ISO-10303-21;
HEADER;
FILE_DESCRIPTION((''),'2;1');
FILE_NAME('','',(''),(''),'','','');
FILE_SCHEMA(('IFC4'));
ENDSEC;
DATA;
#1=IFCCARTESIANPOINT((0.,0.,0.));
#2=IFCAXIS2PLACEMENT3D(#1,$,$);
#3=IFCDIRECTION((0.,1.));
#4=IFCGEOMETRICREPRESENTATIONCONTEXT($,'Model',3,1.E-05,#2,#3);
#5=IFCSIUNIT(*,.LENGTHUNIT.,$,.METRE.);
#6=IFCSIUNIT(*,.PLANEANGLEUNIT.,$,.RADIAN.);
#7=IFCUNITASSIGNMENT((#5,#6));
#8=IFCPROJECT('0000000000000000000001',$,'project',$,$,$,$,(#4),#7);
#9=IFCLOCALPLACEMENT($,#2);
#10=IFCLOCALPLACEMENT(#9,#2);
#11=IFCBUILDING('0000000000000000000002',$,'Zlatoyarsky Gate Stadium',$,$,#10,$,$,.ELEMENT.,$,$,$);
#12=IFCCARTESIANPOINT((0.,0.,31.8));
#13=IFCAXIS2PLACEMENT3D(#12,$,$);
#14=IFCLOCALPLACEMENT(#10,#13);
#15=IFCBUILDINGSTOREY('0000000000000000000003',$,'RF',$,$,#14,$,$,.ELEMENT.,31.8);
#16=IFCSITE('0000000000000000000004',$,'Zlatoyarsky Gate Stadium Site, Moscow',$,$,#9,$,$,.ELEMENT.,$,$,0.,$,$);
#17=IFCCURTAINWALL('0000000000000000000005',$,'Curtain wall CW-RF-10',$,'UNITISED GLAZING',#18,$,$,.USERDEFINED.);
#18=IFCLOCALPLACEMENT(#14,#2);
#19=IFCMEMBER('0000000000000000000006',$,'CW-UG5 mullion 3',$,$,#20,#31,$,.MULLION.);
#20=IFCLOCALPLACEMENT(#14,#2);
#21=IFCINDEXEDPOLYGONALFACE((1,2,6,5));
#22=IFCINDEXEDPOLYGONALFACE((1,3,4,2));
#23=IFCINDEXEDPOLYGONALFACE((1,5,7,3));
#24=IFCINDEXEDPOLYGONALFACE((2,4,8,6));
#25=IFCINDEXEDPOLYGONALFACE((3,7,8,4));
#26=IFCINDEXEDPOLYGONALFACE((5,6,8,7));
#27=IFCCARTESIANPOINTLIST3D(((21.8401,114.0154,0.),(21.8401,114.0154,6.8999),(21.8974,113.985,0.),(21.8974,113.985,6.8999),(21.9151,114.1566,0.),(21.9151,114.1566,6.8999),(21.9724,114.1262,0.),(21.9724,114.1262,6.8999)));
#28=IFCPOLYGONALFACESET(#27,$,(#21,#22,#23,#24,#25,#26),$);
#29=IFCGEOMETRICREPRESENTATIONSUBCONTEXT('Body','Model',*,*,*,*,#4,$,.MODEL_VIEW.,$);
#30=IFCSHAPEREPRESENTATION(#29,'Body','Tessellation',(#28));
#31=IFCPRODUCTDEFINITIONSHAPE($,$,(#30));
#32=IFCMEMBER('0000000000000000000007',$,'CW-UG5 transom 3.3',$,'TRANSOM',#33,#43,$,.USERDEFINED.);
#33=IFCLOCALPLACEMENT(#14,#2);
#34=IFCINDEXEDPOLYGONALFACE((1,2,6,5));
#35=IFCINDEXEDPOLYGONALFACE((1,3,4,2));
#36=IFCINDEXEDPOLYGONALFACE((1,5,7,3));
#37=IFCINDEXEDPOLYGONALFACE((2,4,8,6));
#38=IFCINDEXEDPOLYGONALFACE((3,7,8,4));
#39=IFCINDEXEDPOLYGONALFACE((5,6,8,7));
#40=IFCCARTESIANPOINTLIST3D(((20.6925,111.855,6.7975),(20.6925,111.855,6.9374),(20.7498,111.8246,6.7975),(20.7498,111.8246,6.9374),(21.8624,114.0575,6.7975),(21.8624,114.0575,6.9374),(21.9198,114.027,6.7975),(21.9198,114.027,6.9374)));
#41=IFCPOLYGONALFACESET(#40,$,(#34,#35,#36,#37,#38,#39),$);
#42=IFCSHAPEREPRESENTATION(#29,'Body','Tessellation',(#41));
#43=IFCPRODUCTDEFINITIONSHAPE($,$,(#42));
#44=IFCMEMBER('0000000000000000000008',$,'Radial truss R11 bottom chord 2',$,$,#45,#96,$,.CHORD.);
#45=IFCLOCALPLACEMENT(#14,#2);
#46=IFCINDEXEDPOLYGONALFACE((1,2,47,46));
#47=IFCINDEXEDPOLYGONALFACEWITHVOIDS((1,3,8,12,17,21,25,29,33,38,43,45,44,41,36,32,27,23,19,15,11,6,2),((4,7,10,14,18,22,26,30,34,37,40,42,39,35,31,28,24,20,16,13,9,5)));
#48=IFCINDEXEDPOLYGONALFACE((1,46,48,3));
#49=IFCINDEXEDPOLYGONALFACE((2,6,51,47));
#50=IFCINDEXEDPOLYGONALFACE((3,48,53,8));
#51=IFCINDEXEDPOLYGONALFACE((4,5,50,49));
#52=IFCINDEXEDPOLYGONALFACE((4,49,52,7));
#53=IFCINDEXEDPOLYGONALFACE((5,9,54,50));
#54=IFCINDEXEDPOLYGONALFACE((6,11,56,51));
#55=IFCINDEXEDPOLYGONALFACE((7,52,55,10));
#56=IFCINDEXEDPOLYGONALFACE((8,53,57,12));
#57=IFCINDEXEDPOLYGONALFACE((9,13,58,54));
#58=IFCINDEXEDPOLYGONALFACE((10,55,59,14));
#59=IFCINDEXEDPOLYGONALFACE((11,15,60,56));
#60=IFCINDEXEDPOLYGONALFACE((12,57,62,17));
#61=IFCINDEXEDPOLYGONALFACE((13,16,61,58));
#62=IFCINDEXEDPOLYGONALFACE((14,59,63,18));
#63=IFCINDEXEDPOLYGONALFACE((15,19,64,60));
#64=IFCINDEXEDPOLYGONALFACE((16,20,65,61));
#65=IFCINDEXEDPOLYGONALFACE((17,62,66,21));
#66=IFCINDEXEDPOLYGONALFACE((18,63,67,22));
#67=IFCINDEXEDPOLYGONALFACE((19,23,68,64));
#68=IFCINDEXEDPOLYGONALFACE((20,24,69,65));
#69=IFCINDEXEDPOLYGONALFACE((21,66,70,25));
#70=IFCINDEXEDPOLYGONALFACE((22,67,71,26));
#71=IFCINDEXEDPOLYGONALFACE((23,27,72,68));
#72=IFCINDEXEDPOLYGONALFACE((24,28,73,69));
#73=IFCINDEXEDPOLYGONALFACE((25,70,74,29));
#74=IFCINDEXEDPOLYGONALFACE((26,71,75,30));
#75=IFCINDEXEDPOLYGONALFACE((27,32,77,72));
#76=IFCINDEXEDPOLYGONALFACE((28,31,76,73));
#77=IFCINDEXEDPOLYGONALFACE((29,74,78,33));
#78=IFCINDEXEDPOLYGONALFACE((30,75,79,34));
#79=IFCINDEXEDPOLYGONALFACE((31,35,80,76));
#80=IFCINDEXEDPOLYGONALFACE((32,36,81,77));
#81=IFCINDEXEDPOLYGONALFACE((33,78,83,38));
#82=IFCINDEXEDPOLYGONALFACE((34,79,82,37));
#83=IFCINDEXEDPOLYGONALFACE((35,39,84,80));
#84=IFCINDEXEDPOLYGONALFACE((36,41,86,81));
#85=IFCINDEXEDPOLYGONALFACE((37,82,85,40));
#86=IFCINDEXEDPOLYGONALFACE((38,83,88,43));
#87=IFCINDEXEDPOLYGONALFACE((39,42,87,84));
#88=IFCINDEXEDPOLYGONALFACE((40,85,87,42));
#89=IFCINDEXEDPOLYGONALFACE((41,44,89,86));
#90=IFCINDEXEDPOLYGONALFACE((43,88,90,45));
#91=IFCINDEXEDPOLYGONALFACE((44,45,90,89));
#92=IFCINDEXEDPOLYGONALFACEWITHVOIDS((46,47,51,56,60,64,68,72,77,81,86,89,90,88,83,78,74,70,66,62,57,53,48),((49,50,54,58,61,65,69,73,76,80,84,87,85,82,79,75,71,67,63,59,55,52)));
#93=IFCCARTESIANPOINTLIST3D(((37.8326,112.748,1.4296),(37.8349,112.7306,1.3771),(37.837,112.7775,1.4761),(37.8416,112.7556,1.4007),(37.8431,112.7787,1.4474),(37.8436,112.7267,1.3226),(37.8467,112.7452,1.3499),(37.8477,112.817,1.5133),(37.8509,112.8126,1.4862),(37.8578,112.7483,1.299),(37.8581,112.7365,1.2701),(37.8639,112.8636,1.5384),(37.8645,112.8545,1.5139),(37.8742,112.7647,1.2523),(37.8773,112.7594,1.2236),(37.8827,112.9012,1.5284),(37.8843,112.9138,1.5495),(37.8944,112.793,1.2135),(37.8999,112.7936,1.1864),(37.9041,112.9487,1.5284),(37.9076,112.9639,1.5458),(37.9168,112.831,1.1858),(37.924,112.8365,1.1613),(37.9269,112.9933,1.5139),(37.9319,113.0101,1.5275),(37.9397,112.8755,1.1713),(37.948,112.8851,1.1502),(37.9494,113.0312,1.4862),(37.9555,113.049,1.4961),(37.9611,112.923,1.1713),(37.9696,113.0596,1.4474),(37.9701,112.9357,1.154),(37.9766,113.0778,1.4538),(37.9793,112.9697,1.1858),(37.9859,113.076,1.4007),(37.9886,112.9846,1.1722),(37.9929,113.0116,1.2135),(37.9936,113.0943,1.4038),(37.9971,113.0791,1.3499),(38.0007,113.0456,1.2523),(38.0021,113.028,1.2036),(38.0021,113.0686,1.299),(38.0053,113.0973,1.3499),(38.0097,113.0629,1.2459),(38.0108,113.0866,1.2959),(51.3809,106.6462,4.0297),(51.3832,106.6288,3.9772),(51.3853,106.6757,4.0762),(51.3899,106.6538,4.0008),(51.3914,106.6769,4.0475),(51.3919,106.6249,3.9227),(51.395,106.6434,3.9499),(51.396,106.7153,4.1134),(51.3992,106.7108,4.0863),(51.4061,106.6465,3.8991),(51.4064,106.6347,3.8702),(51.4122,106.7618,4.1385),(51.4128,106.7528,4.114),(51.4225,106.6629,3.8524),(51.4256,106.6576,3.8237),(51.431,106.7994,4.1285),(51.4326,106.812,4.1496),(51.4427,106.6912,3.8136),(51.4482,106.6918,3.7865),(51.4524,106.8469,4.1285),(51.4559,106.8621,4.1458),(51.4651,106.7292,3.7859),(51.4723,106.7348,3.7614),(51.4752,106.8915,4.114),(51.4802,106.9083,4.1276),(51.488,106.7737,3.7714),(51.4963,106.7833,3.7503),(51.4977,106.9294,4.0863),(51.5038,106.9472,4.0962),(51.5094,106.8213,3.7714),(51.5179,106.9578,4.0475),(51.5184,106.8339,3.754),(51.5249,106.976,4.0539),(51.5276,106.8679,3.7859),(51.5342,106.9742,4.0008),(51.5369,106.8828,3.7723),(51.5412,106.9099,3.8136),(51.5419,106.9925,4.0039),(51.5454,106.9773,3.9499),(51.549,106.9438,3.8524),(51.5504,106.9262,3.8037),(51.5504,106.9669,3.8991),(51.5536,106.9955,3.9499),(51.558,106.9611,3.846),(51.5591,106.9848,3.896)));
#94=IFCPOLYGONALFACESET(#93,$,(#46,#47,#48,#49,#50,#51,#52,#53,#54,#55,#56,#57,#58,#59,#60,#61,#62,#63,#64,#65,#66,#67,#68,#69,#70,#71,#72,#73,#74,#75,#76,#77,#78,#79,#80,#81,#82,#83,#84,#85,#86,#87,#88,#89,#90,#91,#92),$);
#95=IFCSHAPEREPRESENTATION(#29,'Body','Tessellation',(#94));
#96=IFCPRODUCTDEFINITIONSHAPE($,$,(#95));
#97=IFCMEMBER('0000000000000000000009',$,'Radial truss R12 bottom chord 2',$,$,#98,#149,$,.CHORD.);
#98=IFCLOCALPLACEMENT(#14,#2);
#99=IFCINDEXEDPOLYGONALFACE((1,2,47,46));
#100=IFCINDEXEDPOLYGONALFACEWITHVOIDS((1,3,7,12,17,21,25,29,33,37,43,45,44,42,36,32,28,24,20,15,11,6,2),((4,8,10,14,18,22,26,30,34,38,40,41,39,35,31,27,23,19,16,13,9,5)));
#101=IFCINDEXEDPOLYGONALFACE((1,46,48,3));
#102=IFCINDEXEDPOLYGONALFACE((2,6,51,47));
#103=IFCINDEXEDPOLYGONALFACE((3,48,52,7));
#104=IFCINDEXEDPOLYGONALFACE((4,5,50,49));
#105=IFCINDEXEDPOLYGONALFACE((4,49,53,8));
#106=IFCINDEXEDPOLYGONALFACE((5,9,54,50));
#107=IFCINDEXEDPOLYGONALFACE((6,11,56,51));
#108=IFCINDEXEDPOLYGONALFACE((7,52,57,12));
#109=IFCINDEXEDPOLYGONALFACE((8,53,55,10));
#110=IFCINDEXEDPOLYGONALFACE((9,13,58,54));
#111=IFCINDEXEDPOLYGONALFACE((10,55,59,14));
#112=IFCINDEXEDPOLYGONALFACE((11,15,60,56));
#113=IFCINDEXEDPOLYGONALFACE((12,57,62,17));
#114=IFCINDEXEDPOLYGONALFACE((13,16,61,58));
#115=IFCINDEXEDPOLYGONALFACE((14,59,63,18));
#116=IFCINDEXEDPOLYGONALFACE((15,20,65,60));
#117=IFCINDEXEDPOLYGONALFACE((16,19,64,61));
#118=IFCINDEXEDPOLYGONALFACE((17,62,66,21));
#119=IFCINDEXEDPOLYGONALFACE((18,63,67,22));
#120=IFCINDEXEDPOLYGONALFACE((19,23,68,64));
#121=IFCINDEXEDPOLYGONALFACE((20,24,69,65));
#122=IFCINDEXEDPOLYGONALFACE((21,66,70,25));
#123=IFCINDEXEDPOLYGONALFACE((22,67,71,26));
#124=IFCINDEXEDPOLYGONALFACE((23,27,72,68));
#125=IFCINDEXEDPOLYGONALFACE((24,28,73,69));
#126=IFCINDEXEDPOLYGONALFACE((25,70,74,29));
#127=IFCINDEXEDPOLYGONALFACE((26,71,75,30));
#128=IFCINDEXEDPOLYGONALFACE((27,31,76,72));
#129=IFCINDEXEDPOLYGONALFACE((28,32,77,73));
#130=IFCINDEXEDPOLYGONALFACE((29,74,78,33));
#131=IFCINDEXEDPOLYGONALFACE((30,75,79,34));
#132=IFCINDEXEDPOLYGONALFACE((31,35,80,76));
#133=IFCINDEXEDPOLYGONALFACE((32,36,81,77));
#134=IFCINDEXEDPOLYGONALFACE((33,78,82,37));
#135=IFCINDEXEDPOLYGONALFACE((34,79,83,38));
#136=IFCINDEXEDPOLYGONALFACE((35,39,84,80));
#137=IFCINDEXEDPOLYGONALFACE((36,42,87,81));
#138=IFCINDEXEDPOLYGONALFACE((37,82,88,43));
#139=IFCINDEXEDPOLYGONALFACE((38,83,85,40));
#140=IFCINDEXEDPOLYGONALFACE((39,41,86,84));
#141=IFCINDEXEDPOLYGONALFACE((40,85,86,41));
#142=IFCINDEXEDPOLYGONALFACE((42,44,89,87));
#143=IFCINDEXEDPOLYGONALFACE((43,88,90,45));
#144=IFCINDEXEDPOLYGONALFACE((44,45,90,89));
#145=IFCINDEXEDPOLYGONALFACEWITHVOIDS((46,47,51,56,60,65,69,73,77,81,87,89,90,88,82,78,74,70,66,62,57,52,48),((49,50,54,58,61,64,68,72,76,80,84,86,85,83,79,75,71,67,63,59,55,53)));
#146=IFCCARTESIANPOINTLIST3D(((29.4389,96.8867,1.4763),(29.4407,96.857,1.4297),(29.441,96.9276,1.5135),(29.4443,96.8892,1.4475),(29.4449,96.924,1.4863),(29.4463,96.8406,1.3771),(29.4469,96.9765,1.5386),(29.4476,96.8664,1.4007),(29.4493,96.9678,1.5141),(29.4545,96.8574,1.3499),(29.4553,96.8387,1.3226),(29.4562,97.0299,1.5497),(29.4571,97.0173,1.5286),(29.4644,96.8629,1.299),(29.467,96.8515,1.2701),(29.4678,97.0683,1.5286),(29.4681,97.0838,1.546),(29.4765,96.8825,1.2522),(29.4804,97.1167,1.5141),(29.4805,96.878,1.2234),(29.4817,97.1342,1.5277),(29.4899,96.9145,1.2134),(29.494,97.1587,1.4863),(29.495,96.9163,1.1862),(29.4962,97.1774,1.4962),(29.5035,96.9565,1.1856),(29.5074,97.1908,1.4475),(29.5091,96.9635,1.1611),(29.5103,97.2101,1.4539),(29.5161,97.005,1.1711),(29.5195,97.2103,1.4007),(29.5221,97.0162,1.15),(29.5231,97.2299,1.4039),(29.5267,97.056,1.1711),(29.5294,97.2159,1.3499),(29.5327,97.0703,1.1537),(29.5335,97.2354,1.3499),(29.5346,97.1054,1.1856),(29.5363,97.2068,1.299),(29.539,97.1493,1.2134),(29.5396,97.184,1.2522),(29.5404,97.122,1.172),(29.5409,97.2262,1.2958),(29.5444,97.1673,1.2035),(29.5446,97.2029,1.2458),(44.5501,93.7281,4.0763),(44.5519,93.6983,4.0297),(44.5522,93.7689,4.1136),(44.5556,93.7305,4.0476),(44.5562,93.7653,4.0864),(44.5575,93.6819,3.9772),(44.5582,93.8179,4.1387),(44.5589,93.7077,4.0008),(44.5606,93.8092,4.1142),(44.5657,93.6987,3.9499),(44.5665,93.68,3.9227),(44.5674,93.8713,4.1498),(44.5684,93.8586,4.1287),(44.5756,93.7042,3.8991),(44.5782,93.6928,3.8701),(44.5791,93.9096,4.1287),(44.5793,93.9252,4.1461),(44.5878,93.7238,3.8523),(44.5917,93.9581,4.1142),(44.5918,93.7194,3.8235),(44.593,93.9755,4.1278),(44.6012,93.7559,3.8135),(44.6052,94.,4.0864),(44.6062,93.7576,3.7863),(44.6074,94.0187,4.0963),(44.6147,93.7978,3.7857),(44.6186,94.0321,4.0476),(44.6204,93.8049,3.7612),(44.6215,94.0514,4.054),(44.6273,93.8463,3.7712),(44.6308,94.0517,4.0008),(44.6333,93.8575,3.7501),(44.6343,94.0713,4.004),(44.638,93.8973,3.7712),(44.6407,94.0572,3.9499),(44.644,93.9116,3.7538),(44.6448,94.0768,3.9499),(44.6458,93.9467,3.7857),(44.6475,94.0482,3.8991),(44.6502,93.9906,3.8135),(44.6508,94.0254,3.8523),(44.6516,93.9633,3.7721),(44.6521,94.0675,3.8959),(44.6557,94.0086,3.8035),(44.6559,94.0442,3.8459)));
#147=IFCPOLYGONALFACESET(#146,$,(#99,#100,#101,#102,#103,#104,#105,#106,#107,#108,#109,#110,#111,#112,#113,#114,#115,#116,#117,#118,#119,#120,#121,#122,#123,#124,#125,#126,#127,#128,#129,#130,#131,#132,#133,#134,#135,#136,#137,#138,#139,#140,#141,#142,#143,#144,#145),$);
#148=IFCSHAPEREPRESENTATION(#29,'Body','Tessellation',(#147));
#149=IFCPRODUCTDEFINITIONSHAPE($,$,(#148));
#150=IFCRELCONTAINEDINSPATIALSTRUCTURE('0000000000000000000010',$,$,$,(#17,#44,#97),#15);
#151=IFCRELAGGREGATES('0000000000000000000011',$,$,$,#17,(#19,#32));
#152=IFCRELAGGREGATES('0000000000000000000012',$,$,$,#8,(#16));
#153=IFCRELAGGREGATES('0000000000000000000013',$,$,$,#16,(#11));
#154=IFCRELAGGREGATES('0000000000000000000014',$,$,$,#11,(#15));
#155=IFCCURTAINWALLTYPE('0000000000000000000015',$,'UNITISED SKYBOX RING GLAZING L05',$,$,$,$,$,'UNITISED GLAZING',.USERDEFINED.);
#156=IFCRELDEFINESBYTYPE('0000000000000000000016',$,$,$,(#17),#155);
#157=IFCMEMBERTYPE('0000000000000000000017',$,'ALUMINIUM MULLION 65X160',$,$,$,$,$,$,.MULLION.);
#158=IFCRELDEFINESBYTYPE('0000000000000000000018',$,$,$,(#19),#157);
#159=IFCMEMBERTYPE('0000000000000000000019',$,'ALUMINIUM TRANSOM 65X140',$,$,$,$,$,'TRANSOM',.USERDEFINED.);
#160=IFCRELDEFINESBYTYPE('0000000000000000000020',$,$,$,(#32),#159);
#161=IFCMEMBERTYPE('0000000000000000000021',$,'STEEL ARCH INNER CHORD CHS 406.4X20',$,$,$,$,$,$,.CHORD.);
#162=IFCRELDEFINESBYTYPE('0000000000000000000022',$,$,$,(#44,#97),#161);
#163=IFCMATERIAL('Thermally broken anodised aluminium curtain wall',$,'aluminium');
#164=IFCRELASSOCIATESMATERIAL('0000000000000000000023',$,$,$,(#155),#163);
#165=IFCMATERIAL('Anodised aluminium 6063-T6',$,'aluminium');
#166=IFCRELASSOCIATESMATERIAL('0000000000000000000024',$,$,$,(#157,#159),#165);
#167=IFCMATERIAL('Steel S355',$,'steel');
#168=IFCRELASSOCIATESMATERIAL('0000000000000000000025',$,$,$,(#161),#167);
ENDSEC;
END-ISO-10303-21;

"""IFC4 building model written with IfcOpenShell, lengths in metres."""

from ifc_helpers import new_model, si_unit, direction, frame, origin, origin_2d, place, context, subcontext, project, spatial, rectangle, hollow_circle, extrude, material, material_profile, profile_set, type_object, element, aggregate, save


model = new_model("IFC4")

# Units and contexts
model_context = context("Model", 3, precision=1e-05, world=origin(), true_north=direction((0.0, 1.0)))
body_context = subcontext(model_context, "Body", "Model", "MODEL_VIEW")
ifc_project = project(units=[si_unit("LENGTHUNIT", "METRE"), si_unit("PLANEANGLEUNIT", "RADIAN")], contexts=[model_context])

# Site, building, storey
site_placement = place(None, origin())
site = spatial("IfcSite", under=ifc_project, at=site_placement, Name="Zlatoyarsky Gate Stadium Site, Moscow", CompositionType="ELEMENT", RefElevation=0.0)
building_placement = place(site_placement, origin())
building = spatial("IfcBuilding", under=site, at=building_placement, Name="Zlatoyarsky Gate Stadium", CompositionType="ELEMENT")
storey_placement = place(building_placement, frame((0.0, 0.0, 31.8)))
storey = spatial("IfcBuildingStorey", under=building, at=storey_placement, Name="RF", CompositionType="ELEMENT", Elevation=31.8)

# Curtain wall, members
ifc_material_1 = material(Name="Thermally broken anodised aluminium curtain wall", Category="aluminium")
curtain_wall_type = type_object("IfcCurtainWallType", Name="UNITISED SKYBOX RING GLAZING L05", ElementType="UNITISED GLAZING", PredefinedType="USERDEFINED", material=ifc_material_1)
curtain_wall_placement = place(storey_placement, origin())
curtain_wall = element("IfcCurtainWall", 1, at=curtain_wall_placement, inside=storey, type_object=curtain_wall_type, Name="Curtain wall CW-RF-10", ObjectType="UNITISED GLAZING", PredefinedType="USERDEFINED")
ifc_material_2 = material(Name="Anodised aluminium 6063-T6", Category="aluminium")
ifc_material_profile_1 = material_profile(ifc_material_2, rectangle(XDim=0.0649, YDim=0.1599, at=origin_2d()), Name="ALU 65X160")
ifc_profile_set_1 = profile_set([ifc_material_profile_1], Name="Anodised aluminium 6063-T6")
member_type_1 = type_object("IfcMemberType", Name="ALUMINIUM MULLION 65X160", PredefinedType="MULLION", material=ifc_profile_set_1)
member_1_placement = place(storey_placement, frame((21.9062, 114.0708, 0.0), z_axis=(0.0, 0.0, 1.0), x_axis=(0.883131, -0.469127, 0.0)))
member_1 = element("IfcMember", 2, at=member_1_placement, type_object=member_type_1, Name="CW-UG5 mullion 3", PredefinedType="MULLION", context=body_context, shape_type="SweptSolid", body=[
    extrude(rectangle(XDim=0.0649, YDim=0.1599, at=origin_2d()), origin(), (0.0, 0.0, 1.0), 6.8999),
])
ifc_material_profile_2 = material_profile(ifc_material_2, rectangle(XDim=0.0649, YDim=0.1399, at=origin_2d()), Name="ALU 65X140")
ifc_profile_set_2 = profile_set([ifc_material_profile_2], Name="Anodised aluminium 6063-T6")
member_type_2 = type_object("IfcMemberType", Name="ALUMINIUM TRANSOM 65X140", ElementType="TRANSOM", PredefinedType="USERDEFINED", material=ifc_profile_set_2)
member_2_placement = place(storey_placement, frame((21.8911, 114.0422, 6.8674), z_axis=(-0.469124, -0.883132, 0.0), x_axis=(0.883132, -0.469124, 0.0)))
member_2 = element("IfcMember", 3, at=member_2_placement, type_object=member_type_2, Name="CW-UG5 transom 3.3", ObjectType="TRANSOM", PredefinedType="USERDEFINED", context=body_context, shape_type="SweptSolid", body=[
    extrude(rectangle(XDim=0.0649, YDim=0.1399, at=origin_2d()), origin(), (0.0, 0.0, 1.0), 2.4939),
])
aggregate(curtain_wall, [member_1, member_2])

# Members
ifc_material_3 = material(Name="Steel S355", Category="steel")
ifc_material_profile_3 = material_profile(ifc_material_3, hollow_circle(Radius=0.2031, WallThickness=0.02, at=origin_2d()), Name="CHS 406.4X20")
ifc_profile_set_3 = profile_set([ifc_material_profile_3], Name="Steel S355")
member_type_3 = type_object("IfcMemberType", Name="STEEL ARCH INNER CHORD CHS 406.4X20", PredefinedType="CHORD", material=ifc_profile_set_3)
member_3_placement = place(storey_placement, frame((37.9219, 112.9121, 1.3499), z_axis=(0.898147, -0.404501, 0.172366), x_axis=(0.410647, 0.911794, 0.0)))
element("IfcMember", 4, at=member_3_placement, inside=storey, type_object=member_type_3, Name="Radial truss R11 bottom chord 2", PredefinedType="CHORD", context=body_context, shape_type="SweptSolid", body=[
    extrude(hollow_circle(Radius=0.2031, WallThickness=0.02, at=origin_2d()), origin(), (0.0, 0.0, 1.0), 15.0847),
])
member_4_placement = place(storey_placement, frame((29.4919, 97.0366, 1.3499), z_axis=(0.96525, -0.201764, 0.166084), x_axis=(0.204606, 0.978844, 0.0)))
element("IfcMember", 5, at=member_4_placement, inside=storey, type_object=member_type_3, Name="Radial truss R12 bottom chord 2", PredefinedType="CHORD", context=body_context, shape_type="SweptSolid", body=[
    extrude(hollow_circle(Radius=0.2031, WallThickness=0.02, at=origin_2d()), origin(), (0.0, 0.0, 1.0), 15.6553),
])

save(model, "model.ifc")
